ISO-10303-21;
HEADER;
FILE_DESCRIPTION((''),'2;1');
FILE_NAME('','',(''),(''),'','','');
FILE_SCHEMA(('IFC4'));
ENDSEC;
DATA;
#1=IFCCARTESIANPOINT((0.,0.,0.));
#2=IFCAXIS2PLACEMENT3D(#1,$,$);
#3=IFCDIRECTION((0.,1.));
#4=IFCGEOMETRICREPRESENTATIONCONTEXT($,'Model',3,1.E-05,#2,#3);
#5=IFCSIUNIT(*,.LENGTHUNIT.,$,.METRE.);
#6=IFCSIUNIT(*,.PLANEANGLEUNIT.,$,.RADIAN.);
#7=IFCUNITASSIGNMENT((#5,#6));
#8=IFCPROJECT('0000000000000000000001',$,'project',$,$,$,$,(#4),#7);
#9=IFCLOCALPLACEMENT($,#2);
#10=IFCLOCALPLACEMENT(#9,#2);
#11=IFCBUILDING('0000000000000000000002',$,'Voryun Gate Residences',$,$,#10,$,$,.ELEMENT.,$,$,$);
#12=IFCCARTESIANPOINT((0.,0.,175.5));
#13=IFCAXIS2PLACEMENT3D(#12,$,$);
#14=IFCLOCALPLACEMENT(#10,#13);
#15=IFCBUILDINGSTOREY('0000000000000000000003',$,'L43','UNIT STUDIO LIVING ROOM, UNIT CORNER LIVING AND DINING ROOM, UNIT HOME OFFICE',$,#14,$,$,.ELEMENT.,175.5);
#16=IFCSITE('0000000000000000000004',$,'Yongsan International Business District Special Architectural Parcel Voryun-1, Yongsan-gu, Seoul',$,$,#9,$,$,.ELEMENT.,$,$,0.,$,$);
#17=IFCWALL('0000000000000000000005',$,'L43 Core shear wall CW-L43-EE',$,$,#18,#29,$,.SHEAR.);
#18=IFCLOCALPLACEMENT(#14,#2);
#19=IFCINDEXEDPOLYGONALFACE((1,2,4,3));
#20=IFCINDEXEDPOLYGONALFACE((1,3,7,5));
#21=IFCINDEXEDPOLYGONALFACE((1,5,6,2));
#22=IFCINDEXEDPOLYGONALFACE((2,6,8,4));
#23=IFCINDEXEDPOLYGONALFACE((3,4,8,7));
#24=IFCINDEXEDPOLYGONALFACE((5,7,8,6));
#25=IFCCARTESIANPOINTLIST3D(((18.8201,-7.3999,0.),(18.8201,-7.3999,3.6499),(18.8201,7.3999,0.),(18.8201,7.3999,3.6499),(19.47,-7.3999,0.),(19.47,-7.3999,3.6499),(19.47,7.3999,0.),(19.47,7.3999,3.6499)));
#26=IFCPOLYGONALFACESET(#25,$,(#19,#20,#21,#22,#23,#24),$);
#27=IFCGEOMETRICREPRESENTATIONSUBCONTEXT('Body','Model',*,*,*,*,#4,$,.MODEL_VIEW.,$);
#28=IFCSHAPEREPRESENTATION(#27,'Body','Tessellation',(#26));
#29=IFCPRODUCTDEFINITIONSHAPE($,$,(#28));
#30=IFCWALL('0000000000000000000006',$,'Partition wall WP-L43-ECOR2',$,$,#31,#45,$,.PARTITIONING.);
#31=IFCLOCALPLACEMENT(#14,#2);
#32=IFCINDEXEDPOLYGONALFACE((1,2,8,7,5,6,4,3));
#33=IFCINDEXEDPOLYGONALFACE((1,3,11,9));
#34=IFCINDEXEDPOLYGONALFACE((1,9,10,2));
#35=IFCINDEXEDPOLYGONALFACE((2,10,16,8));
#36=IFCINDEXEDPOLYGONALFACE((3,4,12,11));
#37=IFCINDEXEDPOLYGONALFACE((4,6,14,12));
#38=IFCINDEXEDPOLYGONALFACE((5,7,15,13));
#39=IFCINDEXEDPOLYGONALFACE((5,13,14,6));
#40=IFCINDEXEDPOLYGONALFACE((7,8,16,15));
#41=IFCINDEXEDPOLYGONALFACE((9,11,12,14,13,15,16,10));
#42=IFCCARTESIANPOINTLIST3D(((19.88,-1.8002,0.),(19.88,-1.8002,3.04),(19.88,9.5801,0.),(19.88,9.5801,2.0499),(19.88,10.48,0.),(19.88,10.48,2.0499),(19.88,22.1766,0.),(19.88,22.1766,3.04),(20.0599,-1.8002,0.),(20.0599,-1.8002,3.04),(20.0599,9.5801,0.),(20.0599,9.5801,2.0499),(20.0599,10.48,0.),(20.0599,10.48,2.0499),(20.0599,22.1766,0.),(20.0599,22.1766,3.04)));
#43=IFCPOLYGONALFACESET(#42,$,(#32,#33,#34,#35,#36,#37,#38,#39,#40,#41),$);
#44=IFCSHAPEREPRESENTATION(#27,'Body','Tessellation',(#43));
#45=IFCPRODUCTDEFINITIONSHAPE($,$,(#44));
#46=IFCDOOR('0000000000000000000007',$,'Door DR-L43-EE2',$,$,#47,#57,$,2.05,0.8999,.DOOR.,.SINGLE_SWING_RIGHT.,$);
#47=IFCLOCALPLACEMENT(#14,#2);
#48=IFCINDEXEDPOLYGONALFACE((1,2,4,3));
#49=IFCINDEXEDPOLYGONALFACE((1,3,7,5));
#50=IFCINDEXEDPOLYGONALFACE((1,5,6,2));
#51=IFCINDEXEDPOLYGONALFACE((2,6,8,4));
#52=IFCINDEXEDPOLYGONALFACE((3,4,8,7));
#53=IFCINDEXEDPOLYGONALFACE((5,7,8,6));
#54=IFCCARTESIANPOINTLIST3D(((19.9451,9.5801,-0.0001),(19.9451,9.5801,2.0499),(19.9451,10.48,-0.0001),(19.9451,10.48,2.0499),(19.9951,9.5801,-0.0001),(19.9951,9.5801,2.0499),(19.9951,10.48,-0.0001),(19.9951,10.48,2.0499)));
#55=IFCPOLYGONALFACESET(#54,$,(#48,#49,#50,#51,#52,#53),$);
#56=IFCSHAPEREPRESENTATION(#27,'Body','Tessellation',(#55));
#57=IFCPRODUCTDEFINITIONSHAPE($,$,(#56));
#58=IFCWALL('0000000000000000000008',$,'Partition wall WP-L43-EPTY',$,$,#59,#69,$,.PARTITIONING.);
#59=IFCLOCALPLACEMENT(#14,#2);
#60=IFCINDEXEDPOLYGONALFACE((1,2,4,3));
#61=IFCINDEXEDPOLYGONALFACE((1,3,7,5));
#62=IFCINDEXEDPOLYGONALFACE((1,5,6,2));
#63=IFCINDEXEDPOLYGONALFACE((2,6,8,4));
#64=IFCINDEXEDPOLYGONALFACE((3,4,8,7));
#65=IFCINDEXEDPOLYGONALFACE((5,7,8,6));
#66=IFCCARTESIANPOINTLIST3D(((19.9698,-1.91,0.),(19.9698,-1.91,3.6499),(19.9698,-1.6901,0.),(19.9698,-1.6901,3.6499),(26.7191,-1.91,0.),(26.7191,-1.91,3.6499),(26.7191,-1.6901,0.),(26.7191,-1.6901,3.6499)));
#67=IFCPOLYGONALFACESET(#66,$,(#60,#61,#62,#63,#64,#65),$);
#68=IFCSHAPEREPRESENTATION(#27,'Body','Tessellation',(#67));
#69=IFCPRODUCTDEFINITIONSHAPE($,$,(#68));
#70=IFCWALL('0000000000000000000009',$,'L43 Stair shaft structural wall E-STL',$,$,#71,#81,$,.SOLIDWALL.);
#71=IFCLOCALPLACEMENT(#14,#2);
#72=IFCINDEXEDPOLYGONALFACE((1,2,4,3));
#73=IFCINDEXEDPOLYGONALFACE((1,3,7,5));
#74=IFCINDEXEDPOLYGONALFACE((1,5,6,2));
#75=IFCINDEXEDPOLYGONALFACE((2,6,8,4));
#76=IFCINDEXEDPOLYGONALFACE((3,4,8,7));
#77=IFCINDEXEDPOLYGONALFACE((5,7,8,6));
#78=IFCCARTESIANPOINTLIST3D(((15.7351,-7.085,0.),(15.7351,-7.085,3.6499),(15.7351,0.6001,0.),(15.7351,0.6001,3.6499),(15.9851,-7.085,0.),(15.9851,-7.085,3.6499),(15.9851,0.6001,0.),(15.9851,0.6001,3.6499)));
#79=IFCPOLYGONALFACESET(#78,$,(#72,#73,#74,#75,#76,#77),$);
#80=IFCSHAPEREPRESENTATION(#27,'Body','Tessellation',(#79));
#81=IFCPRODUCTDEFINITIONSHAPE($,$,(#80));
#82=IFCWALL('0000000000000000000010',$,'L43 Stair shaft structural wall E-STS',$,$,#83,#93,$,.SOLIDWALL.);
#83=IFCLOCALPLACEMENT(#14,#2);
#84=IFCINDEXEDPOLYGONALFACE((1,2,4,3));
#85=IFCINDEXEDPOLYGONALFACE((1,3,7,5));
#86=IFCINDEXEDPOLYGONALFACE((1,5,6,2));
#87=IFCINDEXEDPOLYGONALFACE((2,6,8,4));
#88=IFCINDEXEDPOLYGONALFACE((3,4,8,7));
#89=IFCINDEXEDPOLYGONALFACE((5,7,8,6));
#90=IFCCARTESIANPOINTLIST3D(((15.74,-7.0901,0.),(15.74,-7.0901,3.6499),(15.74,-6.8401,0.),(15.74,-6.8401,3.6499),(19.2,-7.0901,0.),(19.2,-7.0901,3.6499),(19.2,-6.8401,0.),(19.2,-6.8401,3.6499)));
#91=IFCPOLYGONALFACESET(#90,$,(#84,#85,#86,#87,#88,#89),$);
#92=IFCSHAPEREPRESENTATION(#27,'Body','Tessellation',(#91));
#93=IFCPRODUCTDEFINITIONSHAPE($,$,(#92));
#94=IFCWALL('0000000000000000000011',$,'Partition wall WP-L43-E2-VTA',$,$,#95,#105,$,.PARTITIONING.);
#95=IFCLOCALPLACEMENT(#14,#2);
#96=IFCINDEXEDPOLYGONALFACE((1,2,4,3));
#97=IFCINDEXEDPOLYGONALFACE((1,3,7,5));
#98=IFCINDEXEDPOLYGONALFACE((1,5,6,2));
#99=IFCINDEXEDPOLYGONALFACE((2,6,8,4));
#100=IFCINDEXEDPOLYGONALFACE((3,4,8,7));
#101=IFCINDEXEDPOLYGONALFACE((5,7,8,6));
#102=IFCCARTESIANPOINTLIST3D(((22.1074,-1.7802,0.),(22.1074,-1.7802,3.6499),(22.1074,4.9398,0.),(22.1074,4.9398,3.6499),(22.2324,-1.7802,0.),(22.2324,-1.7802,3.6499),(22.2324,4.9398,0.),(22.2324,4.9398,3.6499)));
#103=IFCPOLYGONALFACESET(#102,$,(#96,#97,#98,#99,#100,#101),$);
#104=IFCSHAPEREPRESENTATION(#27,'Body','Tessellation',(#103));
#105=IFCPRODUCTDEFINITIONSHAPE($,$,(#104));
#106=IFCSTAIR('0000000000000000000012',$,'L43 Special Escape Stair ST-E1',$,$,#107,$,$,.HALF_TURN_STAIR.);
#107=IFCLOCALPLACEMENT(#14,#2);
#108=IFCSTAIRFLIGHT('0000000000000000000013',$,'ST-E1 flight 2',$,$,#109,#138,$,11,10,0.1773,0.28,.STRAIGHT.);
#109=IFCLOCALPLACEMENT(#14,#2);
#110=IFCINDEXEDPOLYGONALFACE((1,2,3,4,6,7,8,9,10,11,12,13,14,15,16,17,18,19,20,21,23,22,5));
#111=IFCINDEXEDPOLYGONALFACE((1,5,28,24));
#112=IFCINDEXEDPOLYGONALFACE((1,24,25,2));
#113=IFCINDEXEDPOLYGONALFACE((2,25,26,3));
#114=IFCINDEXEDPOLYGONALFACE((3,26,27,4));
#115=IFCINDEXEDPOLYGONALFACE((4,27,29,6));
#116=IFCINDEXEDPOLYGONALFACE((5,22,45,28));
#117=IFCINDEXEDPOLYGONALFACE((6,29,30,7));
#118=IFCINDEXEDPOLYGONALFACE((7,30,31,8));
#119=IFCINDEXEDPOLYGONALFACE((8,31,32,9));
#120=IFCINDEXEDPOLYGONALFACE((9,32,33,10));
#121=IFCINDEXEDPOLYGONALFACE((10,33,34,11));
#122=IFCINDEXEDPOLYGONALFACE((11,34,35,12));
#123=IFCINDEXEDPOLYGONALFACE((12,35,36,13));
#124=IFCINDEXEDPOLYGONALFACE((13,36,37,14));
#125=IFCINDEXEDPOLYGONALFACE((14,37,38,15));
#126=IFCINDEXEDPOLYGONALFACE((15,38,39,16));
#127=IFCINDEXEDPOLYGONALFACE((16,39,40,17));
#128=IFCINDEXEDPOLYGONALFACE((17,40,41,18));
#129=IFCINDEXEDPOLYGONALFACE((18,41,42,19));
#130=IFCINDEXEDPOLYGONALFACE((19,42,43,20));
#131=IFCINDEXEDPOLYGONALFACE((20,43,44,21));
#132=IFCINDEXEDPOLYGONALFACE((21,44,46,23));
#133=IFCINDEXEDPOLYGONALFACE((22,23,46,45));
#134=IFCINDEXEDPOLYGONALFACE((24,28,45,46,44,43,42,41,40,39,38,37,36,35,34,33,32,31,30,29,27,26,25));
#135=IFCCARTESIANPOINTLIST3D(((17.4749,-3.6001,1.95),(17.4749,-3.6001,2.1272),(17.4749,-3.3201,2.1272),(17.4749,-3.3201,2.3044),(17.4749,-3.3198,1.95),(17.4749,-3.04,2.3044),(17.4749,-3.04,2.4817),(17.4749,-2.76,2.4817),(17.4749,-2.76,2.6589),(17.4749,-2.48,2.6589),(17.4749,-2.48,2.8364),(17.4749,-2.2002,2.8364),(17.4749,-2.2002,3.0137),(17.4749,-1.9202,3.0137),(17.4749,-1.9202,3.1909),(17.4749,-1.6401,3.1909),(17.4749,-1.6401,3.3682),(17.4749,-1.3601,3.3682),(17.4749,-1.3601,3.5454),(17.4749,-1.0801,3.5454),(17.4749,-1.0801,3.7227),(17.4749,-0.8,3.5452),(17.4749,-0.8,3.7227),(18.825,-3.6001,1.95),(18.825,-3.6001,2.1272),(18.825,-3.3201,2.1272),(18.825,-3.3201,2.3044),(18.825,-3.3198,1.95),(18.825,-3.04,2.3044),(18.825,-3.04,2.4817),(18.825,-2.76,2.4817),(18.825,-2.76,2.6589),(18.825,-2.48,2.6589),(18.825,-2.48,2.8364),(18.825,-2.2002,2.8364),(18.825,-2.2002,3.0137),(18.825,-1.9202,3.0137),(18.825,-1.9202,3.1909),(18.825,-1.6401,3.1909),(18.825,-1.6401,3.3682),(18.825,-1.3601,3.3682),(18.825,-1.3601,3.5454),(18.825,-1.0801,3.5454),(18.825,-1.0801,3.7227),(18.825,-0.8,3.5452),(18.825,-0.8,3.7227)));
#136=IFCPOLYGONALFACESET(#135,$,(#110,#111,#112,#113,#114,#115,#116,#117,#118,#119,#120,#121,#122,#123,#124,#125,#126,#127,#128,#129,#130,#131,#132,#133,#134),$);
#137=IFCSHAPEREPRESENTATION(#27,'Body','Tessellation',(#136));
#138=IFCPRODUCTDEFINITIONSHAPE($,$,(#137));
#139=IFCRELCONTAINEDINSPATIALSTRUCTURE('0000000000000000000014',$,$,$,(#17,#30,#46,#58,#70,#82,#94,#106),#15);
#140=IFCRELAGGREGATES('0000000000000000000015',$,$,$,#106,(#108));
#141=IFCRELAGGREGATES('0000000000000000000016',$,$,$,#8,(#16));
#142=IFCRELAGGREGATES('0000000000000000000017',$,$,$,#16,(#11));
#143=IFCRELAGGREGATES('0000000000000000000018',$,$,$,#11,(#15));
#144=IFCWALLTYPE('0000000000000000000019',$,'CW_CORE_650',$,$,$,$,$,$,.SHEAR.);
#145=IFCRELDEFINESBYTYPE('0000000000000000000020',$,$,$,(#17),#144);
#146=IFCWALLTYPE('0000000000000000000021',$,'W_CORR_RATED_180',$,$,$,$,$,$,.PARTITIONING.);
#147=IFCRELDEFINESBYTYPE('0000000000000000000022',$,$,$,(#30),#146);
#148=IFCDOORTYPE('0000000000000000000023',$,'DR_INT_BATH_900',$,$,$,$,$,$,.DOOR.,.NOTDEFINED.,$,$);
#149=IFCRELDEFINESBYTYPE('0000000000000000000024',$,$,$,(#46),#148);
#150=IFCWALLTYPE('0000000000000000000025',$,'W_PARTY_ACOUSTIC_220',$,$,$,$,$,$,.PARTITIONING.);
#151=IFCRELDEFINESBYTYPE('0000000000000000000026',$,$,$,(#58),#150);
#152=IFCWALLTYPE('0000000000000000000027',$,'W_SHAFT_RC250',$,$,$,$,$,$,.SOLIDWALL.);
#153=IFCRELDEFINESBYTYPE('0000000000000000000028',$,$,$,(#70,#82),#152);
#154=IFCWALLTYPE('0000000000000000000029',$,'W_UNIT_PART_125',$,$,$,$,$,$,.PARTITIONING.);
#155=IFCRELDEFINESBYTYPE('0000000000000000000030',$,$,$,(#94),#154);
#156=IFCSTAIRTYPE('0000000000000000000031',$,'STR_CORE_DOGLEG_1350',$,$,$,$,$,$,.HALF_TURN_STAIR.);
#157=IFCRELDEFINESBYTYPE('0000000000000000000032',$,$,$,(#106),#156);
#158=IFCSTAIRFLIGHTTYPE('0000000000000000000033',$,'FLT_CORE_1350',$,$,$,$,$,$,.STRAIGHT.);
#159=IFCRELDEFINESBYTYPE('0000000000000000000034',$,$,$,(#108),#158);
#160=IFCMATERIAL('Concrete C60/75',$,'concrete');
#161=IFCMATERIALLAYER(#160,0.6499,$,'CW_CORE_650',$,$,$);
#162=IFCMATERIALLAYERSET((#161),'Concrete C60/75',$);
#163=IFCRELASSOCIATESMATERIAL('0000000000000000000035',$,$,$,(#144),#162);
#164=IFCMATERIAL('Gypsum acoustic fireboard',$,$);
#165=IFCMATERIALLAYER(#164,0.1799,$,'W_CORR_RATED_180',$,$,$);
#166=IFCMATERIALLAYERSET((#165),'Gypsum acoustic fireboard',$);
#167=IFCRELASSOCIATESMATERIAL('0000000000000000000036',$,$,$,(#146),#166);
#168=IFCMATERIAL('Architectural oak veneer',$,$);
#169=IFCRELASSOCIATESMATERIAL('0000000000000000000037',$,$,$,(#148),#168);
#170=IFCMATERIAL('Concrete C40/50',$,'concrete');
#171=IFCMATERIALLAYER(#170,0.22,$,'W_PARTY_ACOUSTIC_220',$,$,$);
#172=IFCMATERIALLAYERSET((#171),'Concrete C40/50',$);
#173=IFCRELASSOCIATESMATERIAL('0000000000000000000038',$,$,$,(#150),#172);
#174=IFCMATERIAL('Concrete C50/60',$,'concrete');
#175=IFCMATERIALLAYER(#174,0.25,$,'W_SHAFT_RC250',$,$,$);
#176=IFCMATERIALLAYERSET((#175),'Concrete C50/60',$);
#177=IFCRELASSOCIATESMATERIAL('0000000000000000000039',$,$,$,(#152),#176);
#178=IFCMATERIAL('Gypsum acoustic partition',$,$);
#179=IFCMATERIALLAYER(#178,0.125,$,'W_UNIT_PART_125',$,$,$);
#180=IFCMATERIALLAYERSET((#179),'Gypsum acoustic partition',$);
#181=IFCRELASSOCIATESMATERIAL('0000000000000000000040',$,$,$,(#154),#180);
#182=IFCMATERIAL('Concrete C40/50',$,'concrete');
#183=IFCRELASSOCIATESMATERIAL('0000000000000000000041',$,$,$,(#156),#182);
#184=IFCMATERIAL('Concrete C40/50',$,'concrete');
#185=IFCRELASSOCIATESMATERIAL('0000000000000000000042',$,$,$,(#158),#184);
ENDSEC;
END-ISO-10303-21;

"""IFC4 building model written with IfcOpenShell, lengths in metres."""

from ifc_helpers import new_model, si_unit, direction, frame, frame_2d, origin, place, context, subcontext, project, spatial, polyline, rectangle, outline, extrude, material, layer, layer_set, type_object, element, fill, aggregate, save


model = new_model("IFC4")

# Units and contexts
model_context = context("Model", 3, precision=1e-05, world=origin(), true_north=direction((0.0, 1.0)))
body_context = subcontext(model_context, "Body", "Model", "MODEL_VIEW")
ifc_project = project(units=[si_unit("LENGTHUNIT", "METRE"), si_unit("PLANEANGLEUNIT", "RADIAN")], contexts=[model_context])

# Site, building, storey
site_placement = place(None, origin())
site = spatial("IfcSite", under=ifc_project, at=site_placement, Name="Yongsan International Business District Special Architectural Parcel Voryun-1, Yongsan-gu, Seoul", CompositionType="ELEMENT", RefElevation=0.0)
building_placement = place(site_placement, origin())
building = spatial("IfcBuilding", under=site, at=building_placement, Name="Voryun Gate Residences", CompositionType="ELEMENT")
storey_placement = place(building_placement, frame((0.0, 0.0, 175.5)))
storey = spatial("IfcBuildingStorey", under=building, at=storey_placement, Name="L43", Description="UNIT STUDIO LIVING ROOM, UNIT CORNER LIVING AND DINING ROOM, UNIT HOME OFFICE", CompositionType="ELEMENT", Elevation=175.5)

# Wall
ifc_material_1 = material(Name="Concrete C60/75", Category="concrete")
ifc_layer_1 = layer(ifc_material_1, 0.6499, Name="CW_CORE_650")
ifc_layer_set_1 = layer_set([ifc_layer_1], Name="Concrete C60/75")
wall_type_1 = type_object("IfcWallType", Name="CW_CORE_650", PredefinedType="SHEAR", material=ifc_layer_set_1)
wall_1_placement = place(storey_placement, frame((19.145, -7.3999, 0.0), z_axis=(0.0, 0.0, 1.0), x_axis=(0.0, 1.0, 0.0)))
element("IfcWall", 1, at=wall_1_placement, inside=storey, type_object=wall_type_1, Name="L43 Core shear wall CW-L43-EE", PredefinedType="SHEAR", context=body_context, shape_type="SweptSolid", body=[
    extrude(rectangle(XDim=14.7998, YDim=0.6499, at=frame_2d((7.3999, 0.0))), origin(), (0.0, 0.0, 1.0), 3.6499),
])

# Wall, opening, door
ifc_material_2 = material(Name="Gypsum acoustic fireboard")
ifc_layer_2 = layer(ifc_material_2, 0.1799, Name="W_CORR_RATED_180")
ifc_layer_set_2 = layer_set([ifc_layer_2], Name="Gypsum acoustic fireboard")
wall_type_2 = type_object("IfcWallType", Name="W_CORR_RATED_180", PredefinedType="PARTITIONING", material=ifc_layer_set_2)
wall_2_placement = place(storey_placement, frame((19.97, -1.8, 0.0), z_axis=(0.0, 0.0, 1.0), x_axis=(0.0, 1.0, 0.0)))
wall_2 = element("IfcWall", 2, at=wall_2_placement, inside=storey, type_object=wall_type_2, Name="Partition wall WP-L43-ECOR2", PredefinedType="PARTITIONING", context=body_context, shape_type="SweptSolid", body=[
    extrude(rectangle(XDim=23.9768, YDim=0.1799, at=frame_2d((11.9883, 0.0))), origin(), (0.0, 0.0, 1.0), 3.04),
])
opening_placement = place(wall_2_placement, frame((11.3801, 0.0, 0.0)))
opening = element("IfcOpeningElement", 3, at=opening_placement, cuts=wall_2, PredefinedType="OPENING", context=body_context, shape_type="SweptSolid", body=[
    extrude(rectangle(XDim=0.8999, YDim=2.05, at=frame_2d((0.45, 1.0249))), frame((0.0, 0.0999, 0.0), z_axis=(0.0, -1.0, 0.0), x_axis=(1.0, 0.0, 0.0)), (0.0, 0.0, 1.0), 0.2),
])
ifc_material_3 = material(Name="Architectural oak veneer")
door_type = type_object("IfcDoorType", Name="DR_INT_BATH_900", OperationType="NOTDEFINED", PredefinedType="DOOR", material=ifc_material_3)
door_placement = place(opening_placement, origin())
door = element("IfcDoor", 4, at=door_placement, inside=storey, type_object=door_type, Name="Door DR-L43-EE2", OperationType="SINGLE_SWING_RIGHT", OverallHeight=2.05, OverallWidth=0.8999, PredefinedType="DOOR", context=body_context, shape_type="SweptSolid", body=[
    extrude(rectangle(XDim=0.8999, YDim=2.05, at=frame_2d((0.45, 1.0249))), frame((0.0, 0.0249, 0.0), z_axis=(0.0, -1.0, 0.0), x_axis=(1.0, 0.0, 0.0)), (0.0, 0.0, 1.0), 0.05),
])
fill(opening, door)

# Walls
ifc_material_4 = material(Name="Concrete C40/50", Category="concrete")
ifc_layer_3 = layer(ifc_material_4, 0.22, Name="W_PARTY_ACOUSTIC_220")
ifc_layer_set_3 = layer_set([ifc_layer_3], Name="Concrete C40/50")
wall_type_3 = type_object("IfcWallType", Name="W_PARTY_ACOUSTIC_220", PredefinedType="PARTITIONING", material=ifc_layer_set_3)
wall_3_placement = place(storey_placement, frame((19.97, -1.8, 0.0), z_axis=(0.0, 0.0, 1.0), x_axis=(1.0, 0.0, 0.0)))
element("IfcWall", 5, at=wall_3_placement, inside=storey, type_object=wall_type_3, Name="Partition wall WP-L43-EPTY", PredefinedType="PARTITIONING", context=body_context, shape_type="SweptSolid", body=[
    extrude(rectangle(XDim=6.7493, YDim=0.22, at=frame_2d((3.3745, 0.0))), origin(), (0.0, 0.0, 1.0), 3.6499),
])
ifc_material_5 = material(Name="Concrete C50/60", Category="concrete")
ifc_layer_4 = layer(ifc_material_5, 0.25, Name="W_SHAFT_RC250")
ifc_layer_set_4 = layer_set([ifc_layer_4], Name="Concrete C50/60")
wall_type_4 = type_object("IfcWallType", Name="W_SHAFT_RC250", PredefinedType="SOLIDWALL", material=ifc_layer_set_4)
wall_4_placement = place(storey_placement, frame((15.8601, -7.085, 0.0), z_axis=(0.0, 0.0, 1.0), x_axis=(0.0, 1.0, 0.0)))
element("IfcWall", 6, at=wall_4_placement, inside=storey, type_object=wall_type_4, Name="L43 Stair shaft structural wall E-STL", PredefinedType="SOLIDWALL", context=body_context, shape_type="SweptSolid", body=[
    extrude(rectangle(XDim=7.6851, YDim=0.25, at=frame_2d((3.8425, 0.0))), origin(), (0.0, 0.0, 1.0), 3.6499),
])
wall_5_placement = place(storey_placement, frame((15.74, -6.9651, 0.0), z_axis=(0.0, 0.0, 1.0), x_axis=(1.0, 0.0, 0.0)))
element("IfcWall", 7, at=wall_5_placement, inside=storey, type_object=wall_type_4, Name="L43 Stair shaft structural wall E-STS", PredefinedType="SOLIDWALL", context=body_context, shape_type="SweptSolid", body=[
    extrude(rectangle(XDim=3.46, YDim=0.25, at=frame_2d((1.73, 0.0))), origin(), (0.0, 0.0, 1.0), 3.6499),
])
ifc_material_6 = material(Name="Gypsum acoustic partition")
ifc_layer_5 = layer(ifc_material_6, 0.125, Name="W_UNIT_PART_125")
ifc_layer_set_5 = layer_set([ifc_layer_5], Name="Gypsum acoustic partition")
wall_type_5 = type_object("IfcWallType", Name="W_UNIT_PART_125", PredefinedType="PARTITIONING", material=ifc_layer_set_5)
wall_6_placement = place(storey_placement, frame((22.1699, -1.78, 0.0), z_axis=(0.0, 0.0, 1.0), x_axis=(0.0, 1.0, 0.0)))
element("IfcWall", 8, at=wall_6_placement, inside=storey, type_object=wall_type_5, Name="Partition wall WP-L43-E2-VTA", PredefinedType="PARTITIONING", context=body_context, shape_type="SweptSolid", body=[
    extrude(rectangle(XDim=6.72, YDim=0.125, at=frame_2d((3.3599, 0.0))), origin(), (0.0, 0.0, 1.0), 3.6499),
])

# Stair, stair flight
ifc_material_7 = material(Name="Concrete C40/50", Category="concrete")
stair_type = type_object("IfcStairType", Name="STR_CORE_DOGLEG_1350", PredefinedType="HALF_TURN_STAIR", material=ifc_material_7)
stair_placement = place(storey_placement, origin())
stair = element("IfcStair", 9, at=stair_placement, inside=storey, type_object=stair_type, Name="L43 Special Escape Stair ST-E1", PredefinedType="HALF_TURN_STAIR")
ifc_material_8 = material(Name="Concrete C40/50", Category="concrete")
stair_flight_type = type_object("IfcStairFlightType", Name="FLT_CORE_1350", PredefinedType="STRAIGHT", material=ifc_material_8)
stair_flight_placement = place(storey_placement, frame((18.1499, -3.6001, 1.95), z_axis=(0.0, 0.0, 1.0), x_axis=(0.0, 1.0, 0.0)))
stair_flight = element("IfcStairFlight", 10, at=stair_flight_placement, type_object=stair_flight_type, Name="ST-E1 flight 2", NumberOfRisers=11, NumberOfTreads=10, PredefinedType="STRAIGHT", RiserHeight=0.1773, TreadLength=0.28, context=body_context, shape_type="SweptSolid", body=[
    extrude(outline(polyline([(0.0, 0.0), (0.0, 0.1772), (0.28, 0.1772), (0.28, 0.3545), (0.5601, 0.3545), (0.5601, 0.5317), (0.8401, 0.5317), (0.8401, 0.709), (1.1201, 0.709), (1.1201, 0.8865), (1.3999, 0.8865), (1.3999, 1.0637), (1.6799, 1.0637), (1.6799, 1.241), (1.96, 1.241), (1.96, 1.4182), (2.24, 1.4182), (2.24, 1.5955), (2.52, 1.5955), (2.52, 1.7727), (2.8, 1.7727), (2.8, 1.95), (2.8, 1.5952), (0.2803, 0.0), (0.0, 0.0)])), frame((0.0, 0.675, 0.0), z_axis=(0.0, -1.0, 0.0), x_axis=(1.0, 0.0, 0.0)), (0.0, 0.0, 1.0), 1.3501),
])
aggregate(stair, [stair_flight])

save(model, "model.ifc")
